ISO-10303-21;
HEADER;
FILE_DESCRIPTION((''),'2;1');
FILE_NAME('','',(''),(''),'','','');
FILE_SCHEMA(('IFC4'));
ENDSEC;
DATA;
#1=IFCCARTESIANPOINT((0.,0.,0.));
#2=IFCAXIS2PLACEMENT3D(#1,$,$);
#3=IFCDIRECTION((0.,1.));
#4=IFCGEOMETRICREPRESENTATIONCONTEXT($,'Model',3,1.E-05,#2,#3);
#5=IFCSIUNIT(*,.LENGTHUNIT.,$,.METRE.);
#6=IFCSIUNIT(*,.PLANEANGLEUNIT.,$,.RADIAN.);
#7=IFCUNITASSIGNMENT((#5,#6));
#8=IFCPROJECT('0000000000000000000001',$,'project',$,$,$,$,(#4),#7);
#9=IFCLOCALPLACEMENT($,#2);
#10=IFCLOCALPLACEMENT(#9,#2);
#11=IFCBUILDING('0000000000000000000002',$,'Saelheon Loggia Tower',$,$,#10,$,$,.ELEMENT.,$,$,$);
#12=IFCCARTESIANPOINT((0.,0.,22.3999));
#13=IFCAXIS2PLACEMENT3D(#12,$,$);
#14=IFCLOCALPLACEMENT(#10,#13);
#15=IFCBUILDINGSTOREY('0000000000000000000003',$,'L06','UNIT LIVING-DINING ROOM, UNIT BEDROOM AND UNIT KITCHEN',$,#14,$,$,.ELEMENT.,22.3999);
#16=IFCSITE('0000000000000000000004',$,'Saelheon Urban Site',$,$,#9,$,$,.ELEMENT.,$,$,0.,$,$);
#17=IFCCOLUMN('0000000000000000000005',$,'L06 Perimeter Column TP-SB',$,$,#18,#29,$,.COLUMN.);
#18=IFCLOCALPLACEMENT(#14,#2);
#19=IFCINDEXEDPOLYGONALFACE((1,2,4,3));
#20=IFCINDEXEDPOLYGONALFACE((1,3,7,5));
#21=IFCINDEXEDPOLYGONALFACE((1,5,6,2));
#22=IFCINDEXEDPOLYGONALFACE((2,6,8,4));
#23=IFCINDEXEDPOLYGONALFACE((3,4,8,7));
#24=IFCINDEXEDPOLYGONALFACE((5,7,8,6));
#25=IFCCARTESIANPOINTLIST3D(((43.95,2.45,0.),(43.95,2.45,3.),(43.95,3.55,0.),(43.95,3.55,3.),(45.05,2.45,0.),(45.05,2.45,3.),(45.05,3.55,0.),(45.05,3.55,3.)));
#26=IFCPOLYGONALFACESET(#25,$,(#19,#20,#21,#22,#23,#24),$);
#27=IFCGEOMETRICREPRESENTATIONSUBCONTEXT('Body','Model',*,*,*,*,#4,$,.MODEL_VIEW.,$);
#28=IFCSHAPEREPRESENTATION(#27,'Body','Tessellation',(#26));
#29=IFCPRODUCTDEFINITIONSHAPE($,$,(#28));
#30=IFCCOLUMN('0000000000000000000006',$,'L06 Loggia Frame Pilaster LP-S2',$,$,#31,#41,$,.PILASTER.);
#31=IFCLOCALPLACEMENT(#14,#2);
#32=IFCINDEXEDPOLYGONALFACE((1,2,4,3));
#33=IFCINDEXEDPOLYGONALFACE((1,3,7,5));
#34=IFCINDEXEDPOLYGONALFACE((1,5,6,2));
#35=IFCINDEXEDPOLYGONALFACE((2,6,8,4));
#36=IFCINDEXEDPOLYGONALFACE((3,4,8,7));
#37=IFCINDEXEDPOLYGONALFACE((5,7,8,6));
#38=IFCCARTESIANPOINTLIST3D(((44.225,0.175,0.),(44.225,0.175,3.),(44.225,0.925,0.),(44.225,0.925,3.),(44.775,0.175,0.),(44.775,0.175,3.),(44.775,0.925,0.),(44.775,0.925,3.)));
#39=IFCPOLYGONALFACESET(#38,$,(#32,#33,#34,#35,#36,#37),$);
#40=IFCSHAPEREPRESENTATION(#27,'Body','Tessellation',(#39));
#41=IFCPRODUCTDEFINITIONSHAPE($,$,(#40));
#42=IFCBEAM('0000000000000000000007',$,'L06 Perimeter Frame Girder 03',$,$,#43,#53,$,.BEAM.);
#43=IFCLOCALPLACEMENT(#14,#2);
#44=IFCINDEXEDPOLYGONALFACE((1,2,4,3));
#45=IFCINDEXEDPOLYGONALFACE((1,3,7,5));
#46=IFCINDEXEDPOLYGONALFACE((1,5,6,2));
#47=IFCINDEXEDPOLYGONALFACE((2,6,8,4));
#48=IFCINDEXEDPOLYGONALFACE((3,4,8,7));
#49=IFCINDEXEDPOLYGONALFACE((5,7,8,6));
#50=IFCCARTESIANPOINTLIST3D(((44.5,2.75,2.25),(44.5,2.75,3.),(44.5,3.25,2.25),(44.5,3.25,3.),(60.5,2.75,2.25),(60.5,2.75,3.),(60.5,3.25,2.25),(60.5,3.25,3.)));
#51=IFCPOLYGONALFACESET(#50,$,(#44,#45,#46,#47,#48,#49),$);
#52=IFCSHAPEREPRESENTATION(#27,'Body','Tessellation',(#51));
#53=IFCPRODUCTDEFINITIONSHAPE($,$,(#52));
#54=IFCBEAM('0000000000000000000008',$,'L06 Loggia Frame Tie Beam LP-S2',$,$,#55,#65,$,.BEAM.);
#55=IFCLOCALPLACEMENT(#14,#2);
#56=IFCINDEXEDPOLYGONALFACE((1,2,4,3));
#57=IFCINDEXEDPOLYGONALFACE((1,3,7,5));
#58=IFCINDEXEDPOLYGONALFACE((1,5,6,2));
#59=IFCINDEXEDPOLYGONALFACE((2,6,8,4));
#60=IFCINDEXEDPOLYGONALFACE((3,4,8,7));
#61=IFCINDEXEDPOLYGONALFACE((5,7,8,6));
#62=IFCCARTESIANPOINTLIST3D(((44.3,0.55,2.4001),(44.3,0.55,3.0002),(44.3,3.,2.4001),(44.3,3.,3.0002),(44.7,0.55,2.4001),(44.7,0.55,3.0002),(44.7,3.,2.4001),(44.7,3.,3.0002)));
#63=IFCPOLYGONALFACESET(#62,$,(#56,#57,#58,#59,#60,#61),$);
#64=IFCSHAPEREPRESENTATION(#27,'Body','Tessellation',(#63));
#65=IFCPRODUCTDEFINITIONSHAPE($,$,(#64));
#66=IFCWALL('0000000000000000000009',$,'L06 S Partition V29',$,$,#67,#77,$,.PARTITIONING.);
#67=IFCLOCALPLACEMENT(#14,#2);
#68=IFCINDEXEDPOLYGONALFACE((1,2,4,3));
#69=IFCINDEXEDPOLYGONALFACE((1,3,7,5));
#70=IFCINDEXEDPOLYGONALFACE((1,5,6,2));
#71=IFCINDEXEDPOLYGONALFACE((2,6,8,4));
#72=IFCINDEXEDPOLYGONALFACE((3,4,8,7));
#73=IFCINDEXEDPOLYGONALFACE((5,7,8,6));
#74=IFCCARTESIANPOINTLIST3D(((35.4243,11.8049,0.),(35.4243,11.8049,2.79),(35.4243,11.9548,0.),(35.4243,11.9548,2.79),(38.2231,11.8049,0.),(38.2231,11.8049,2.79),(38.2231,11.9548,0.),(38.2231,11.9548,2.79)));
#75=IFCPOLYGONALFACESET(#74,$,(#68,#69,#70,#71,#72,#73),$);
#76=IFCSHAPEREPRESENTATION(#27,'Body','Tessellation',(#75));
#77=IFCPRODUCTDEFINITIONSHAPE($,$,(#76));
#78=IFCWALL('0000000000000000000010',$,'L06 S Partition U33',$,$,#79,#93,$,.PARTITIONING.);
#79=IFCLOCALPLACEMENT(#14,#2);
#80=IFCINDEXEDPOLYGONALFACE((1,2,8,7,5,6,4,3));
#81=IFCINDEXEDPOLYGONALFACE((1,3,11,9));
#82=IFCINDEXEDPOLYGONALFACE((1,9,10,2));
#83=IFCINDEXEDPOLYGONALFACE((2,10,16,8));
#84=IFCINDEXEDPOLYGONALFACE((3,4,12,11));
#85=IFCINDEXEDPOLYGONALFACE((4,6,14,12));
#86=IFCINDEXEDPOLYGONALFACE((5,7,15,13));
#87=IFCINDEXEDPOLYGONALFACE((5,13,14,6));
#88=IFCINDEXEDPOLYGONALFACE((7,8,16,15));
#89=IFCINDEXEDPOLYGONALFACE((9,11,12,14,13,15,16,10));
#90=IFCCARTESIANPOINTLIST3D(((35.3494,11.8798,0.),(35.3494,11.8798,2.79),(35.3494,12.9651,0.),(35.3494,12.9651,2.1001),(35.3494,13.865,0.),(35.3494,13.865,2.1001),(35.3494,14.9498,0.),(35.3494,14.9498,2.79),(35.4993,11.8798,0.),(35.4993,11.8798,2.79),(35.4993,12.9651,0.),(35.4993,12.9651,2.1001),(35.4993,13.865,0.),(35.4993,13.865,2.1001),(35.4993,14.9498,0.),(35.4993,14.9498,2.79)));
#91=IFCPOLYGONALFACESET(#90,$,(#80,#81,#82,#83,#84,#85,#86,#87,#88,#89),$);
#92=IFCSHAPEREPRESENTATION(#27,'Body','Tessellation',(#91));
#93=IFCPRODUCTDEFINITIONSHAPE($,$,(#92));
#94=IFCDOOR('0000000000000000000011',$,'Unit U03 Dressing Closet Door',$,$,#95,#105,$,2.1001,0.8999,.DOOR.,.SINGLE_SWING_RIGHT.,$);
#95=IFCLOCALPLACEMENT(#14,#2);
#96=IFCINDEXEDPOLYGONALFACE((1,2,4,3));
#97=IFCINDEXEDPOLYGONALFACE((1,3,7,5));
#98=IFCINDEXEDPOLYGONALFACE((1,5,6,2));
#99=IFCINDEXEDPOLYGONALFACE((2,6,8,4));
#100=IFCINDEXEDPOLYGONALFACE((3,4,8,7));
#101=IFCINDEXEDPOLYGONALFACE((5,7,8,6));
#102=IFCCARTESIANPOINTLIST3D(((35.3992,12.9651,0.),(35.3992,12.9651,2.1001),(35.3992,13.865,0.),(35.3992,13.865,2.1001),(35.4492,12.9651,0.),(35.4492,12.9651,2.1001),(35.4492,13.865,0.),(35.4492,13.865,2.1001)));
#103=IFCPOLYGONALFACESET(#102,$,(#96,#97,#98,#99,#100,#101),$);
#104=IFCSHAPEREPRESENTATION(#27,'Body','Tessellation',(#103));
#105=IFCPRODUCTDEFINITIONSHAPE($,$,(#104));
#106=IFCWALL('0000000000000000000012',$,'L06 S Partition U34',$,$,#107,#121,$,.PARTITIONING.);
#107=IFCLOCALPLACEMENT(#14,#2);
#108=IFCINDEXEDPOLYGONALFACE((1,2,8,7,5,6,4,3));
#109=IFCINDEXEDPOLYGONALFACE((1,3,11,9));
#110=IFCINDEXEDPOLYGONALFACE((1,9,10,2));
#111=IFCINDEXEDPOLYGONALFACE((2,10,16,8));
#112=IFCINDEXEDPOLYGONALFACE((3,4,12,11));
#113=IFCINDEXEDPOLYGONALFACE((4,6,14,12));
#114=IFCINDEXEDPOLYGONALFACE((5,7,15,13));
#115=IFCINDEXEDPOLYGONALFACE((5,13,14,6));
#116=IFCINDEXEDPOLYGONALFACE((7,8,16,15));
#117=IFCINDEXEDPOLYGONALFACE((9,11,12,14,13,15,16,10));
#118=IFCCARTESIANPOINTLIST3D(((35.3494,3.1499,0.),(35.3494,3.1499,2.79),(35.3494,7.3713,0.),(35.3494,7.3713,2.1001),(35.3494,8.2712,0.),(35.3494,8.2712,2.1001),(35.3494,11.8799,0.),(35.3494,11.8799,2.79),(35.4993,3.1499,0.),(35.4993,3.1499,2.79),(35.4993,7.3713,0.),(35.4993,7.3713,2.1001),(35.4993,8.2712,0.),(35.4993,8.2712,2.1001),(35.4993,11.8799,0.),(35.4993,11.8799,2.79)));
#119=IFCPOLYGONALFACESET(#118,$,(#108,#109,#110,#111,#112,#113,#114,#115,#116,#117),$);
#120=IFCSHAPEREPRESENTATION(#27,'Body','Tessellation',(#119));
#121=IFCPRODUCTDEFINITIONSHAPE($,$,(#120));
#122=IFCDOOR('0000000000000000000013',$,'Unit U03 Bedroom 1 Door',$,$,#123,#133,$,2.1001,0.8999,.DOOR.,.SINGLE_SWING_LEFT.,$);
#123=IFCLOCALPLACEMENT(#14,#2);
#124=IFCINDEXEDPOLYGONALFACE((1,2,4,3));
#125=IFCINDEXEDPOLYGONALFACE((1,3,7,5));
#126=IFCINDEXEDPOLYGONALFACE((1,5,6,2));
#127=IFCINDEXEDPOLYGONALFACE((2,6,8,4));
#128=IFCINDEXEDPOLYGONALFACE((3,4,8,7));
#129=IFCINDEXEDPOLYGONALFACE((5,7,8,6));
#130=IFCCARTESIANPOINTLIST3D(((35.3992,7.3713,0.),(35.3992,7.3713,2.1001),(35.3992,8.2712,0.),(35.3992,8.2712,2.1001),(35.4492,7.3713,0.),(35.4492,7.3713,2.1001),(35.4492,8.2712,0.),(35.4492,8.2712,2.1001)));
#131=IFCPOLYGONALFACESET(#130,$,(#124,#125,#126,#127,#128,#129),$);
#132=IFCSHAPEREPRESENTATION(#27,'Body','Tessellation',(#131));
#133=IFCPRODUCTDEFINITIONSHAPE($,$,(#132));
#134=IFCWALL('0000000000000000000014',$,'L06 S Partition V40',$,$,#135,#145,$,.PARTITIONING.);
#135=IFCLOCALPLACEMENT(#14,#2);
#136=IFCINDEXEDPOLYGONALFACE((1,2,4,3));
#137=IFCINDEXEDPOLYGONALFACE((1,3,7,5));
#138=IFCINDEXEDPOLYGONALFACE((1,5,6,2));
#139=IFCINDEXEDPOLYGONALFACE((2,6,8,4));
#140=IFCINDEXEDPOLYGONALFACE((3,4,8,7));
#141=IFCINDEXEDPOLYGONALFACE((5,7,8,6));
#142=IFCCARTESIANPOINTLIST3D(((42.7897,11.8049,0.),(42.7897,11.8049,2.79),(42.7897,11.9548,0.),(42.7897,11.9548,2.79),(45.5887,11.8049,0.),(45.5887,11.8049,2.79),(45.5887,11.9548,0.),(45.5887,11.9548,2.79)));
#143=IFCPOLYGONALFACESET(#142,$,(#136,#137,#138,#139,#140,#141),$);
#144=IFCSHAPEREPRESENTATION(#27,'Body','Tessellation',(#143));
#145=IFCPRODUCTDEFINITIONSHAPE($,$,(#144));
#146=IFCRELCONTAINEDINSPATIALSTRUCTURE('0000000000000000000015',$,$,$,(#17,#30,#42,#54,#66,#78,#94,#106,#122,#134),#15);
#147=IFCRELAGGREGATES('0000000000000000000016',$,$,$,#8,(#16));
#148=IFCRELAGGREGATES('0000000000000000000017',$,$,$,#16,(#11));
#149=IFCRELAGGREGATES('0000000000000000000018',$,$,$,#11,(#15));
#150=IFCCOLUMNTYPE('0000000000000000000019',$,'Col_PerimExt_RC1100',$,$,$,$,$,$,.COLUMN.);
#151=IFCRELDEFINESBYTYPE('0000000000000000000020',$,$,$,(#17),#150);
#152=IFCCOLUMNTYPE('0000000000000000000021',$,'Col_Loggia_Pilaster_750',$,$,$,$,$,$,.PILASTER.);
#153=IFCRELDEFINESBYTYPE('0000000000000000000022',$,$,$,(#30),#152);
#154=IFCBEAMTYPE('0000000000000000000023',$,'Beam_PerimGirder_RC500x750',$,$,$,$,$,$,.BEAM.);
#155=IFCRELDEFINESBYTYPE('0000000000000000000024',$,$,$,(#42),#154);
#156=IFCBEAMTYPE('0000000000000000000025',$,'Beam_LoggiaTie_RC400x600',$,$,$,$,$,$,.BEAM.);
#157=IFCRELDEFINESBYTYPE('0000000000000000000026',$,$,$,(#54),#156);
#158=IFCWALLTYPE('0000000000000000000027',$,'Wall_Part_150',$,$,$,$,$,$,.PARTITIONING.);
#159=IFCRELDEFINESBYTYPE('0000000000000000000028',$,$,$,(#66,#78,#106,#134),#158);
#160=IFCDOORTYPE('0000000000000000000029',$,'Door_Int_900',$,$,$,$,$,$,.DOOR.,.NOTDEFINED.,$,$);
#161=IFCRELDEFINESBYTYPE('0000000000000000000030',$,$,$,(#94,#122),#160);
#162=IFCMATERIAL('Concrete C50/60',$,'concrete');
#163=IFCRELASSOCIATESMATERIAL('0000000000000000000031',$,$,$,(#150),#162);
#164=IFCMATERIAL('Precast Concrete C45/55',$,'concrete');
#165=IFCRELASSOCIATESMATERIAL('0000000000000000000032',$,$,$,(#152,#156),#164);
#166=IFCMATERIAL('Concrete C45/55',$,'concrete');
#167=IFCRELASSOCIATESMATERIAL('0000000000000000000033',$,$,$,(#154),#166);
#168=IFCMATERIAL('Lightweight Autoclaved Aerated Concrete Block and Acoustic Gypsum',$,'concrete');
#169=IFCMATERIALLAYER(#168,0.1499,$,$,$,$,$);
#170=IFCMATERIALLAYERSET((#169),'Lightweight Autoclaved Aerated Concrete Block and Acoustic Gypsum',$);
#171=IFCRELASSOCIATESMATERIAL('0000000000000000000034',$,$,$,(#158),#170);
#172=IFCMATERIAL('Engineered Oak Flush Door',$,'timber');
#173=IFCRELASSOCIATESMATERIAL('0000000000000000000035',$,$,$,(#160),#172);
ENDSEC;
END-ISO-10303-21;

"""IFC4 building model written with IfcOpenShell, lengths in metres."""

from ifc_helpers import new_model, si_unit, direction, frame, frame_2d, origin, origin_2d, place, context, subcontext, project, spatial, rectangle, extrude, source, transform, mapped, material, layer, layer_set, material_profile, profile_set, type_object, element, fill, save


model = new_model("IFC4")

# Units and contexts
model_context = context("Model", 3, precision=1e-05, world=origin(), true_north=direction((0.0, 1.0)))
body_context = subcontext(model_context, "Body", "Model", "MODEL_VIEW")
ifc_project = project(units=[si_unit("LENGTHUNIT", "METRE"), si_unit("PLANEANGLEUNIT", "RADIAN")], contexts=[model_context])

# Site, building, storey
site_placement = place(None, origin())
site = spatial("IfcSite", under=ifc_project, at=site_placement, Name="Saelheon Urban Site", CompositionType="ELEMENT", RefElevation=0.0)
building_placement = place(site_placement, origin())
building = spatial("IfcBuilding", under=site, at=building_placement, Name="Saelheon Loggia Tower", CompositionType="ELEMENT")
storey_placement = place(building_placement, frame((0.0, 0.0, 22.3999)))
storey = spatial("IfcBuildingStorey", under=building, at=storey_placement, Name="L06", Description="UNIT LIVING-DINING ROOM, UNIT BEDROOM AND UNIT KITCHEN", CompositionType="ELEMENT", Elevation=22.3999)

# Columns
ifc_material_1 = material(Name="Concrete C50/60", Category="concrete")
ifc_material_profile_1 = material_profile(ifc_material_1, rectangle(XDim=1.1001, YDim=1.1001, at=origin_2d()), Name="RC-1100x1100")
ifc_profile_set_1 = profile_set([ifc_material_profile_1], Name="Concrete C50/60")
column_type_1 = type_object("IfcColumnType", Name="Col_PerimExt_RC1100", PredefinedType="COLUMN", material=ifc_profile_set_1)
shared_shape_1 = source(origin(), body_context, "Body", "SweptSolid", [
    extrude(rectangle(XDim=1.1001, YDim=1.1001, at=origin_2d()), origin(), (0.0, 0.0, 1.0), 3.0),
])
column_1_placement = place(storey_placement, frame((44.5, 3.0, 0.0), z_axis=(0.0, 0.0, 1.0), x_axis=(1.0, 0.0, 0.0)))
element("IfcColumn", 1, at=column_1_placement, inside=storey, type_object=column_type_1, Name="L06 Perimeter Column TP-SB", PredefinedType="COLUMN", context=body_context, shape_type="MappedRepresentation", body=[
    mapped(shared_shape_1, transform((0.0, 0.0, 0.0), scale=1.0)),
])
ifc_material_2 = material(Name="Precast Concrete C45/55", Category="concrete")
ifc_material_profile_2 = material_profile(ifc_material_2, rectangle(XDim=0.55, YDim=0.75, at=origin_2d()), Name="RC-550x750")
ifc_profile_set_2 = profile_set([ifc_material_profile_2], Name="Precast Concrete C45/55")
column_type_2 = type_object("IfcColumnType", Name="Col_Loggia_Pilaster_750", PredefinedType="PILASTER", material=ifc_profile_set_2)
shared_shape_2 = source(origin(), body_context, "Body", "SweptSolid", [
    extrude(rectangle(XDim=0.55, YDim=0.75, at=origin_2d()), origin(), (0.0, 0.0, 1.0), 3.0),
])
column_2_placement = place(storey_placement, frame((44.5, 0.55, 0.0), z_axis=(0.0, 0.0, 1.0), x_axis=(1.0, 0.0, 0.0)))
element("IfcColumn", 2, at=column_2_placement, inside=storey, type_object=column_type_2, Name="L06 Loggia Frame Pilaster LP-S2", PredefinedType="PILASTER", context=body_context, shape_type="MappedRepresentation", body=[
    mapped(shared_shape_2, transform((0.0, 0.0, 0.0), scale=1.0)),
])

# Beams
ifc_material_3 = material(Name="Concrete C45/55", Category="concrete")
ifc_material_profile_3 = material_profile(ifc_material_3, rectangle(XDim=0.5, YDim=0.75, at=origin_2d()), Name="RC-500x750")
ifc_profile_set_3 = profile_set([ifc_material_profile_3], Name="Concrete C45/55")
beam_type_1 = type_object("IfcBeamType", Name="Beam_PerimGirder_RC500x750", PredefinedType="BEAM", material=ifc_profile_set_3)
shared_shape_3 = source(origin(), body_context, "Body", "SweptSolid", [
    extrude(rectangle(XDim=0.5, YDim=0.75, at=origin_2d()), origin(), (0.0, 0.0, 1.0), 16.0),
])
beam_1_placement = place(storey_placement, frame((44.5, 3.0, 2.625), z_axis=(1.0, 0.0, 0.0), x_axis=(0.0, 1.0, 0.0)))
element("IfcBeam", 3, at=beam_1_placement, inside=storey, type_object=beam_type_1, Name="L06 Perimeter Frame Girder 03", PredefinedType="BEAM", context=body_context, shape_type="MappedRepresentation", body=[
    mapped(shared_shape_3, transform((0.0, 0.0, 0.0), scale=1.0)),
])
ifc_material_profile_4 = material_profile(ifc_material_2, rectangle(XDim=0.3999, YDim=0.6001, at=origin_2d()), Name="RC-400x600")
ifc_profile_set_4 = profile_set([ifc_material_profile_4], Name="Precast Concrete C45/55")
beam_type_2 = type_object("IfcBeamType", Name="Beam_LoggiaTie_RC400x600", PredefinedType="BEAM", material=ifc_profile_set_4)
shared_shape_4 = source(origin(), body_context, "Body", "SweptSolid", [
    extrude(rectangle(XDim=0.3999, YDim=0.6001, at=origin_2d()), origin(), (0.0, 0.0, 1.0), 2.45),
])
beam_2_placement = place(storey_placement, frame((44.5, 3.0, 2.7002), z_axis=(0.0, -1.0, 0.0), x_axis=(1.0, 0.0, 0.0)))
element("IfcBeam", 4, at=beam_2_placement, inside=storey, type_object=beam_type_2, Name="L06 Loggia Frame Tie Beam LP-S2", PredefinedType="BEAM", context=body_context, shape_type="MappedRepresentation", body=[
    mapped(shared_shape_4, transform((0.0, 0.0, 0.0), scale=1.0)),
])

# Wall
ifc_material_4 = material(Name="Lightweight Autoclaved Aerated Concrete Block and Acoustic Gypsum", Category="concrete")
ifc_layer_1 = layer(ifc_material_4, 0.1499)
ifc_layer_set_1 = layer_set([ifc_layer_1], Name="Lightweight Autoclaved Aerated Concrete Block and Acoustic Gypsum")
wall_type_1 = type_object("IfcWallType", Name="Wall_Part_150", PredefinedType="PARTITIONING", material=ifc_layer_set_1)
wall_1_placement = place(storey_placement, frame((35.4243, 11.8799, 0.0), z_axis=(0.0, 0.0, 1.0), x_axis=(1.0, 0.0, 0.0)))
element("IfcWall", 5, at=wall_1_placement, inside=storey, type_object=wall_type_1, Name="L06 S Partition V29", PredefinedType="PARTITIONING", context=body_context, shape_type="SweptSolid", body=[
    extrude(rectangle(XDim=2.7988, YDim=0.1499, at=frame_2d((1.3994, 0.0))), origin(), (0.0, 0.0, 1.0), 2.79),
])

# Walls, openings, doors
wall_2_placement = place(storey_placement, frame((35.4243, 14.95, 0.0), z_axis=(0.0, 0.0, 1.0), x_axis=(0.0, -1.0, 0.0)))
wall_2 = element("IfcWall", 6, at=wall_2_placement, inside=storey, type_object=wall_type_1, Name="L06 S Partition U33", PredefinedType="PARTITIONING", context=body_context, shape_type="SweptSolid", body=[
    extrude(rectangle(XDim=3.0701, YDim=0.1499, at=frame_2d((1.5352, 0.0))), origin(), (0.0, 0.0, 1.0), 2.79),
])
opening_1_placement = place(wall_2_placement, frame((1.085, 0.0, 0.0)))
opening_1 = element("IfcOpeningElement", 7, at=opening_1_placement, cuts=wall_2, PredefinedType="OPENING", context=body_context, shape_type="SweptSolid", body=[
    extrude(rectangle(XDim=0.8999, YDim=2.1001, at=frame_2d((0.45, 1.05))), frame((0.0, 0.0869, 0.0), z_axis=(0.0, -1.0, 0.0), x_axis=(1.0, 0.0, 0.0)), (0.0, 0.0, 1.0), 0.1738),
])
ifc_material_5 = material(Name="Engineered Oak Flush Door", Category="timber")
door_type_1 = type_object("IfcDoorType", Name="Door_Int_900", OperationType="NOTDEFINED", PredefinedType="DOOR", material=ifc_material_5)
shared_shape_5 = source(origin(), body_context, "Body", "SweptSolid", [
    extrude(rectangle(XDim=0.8999, YDim=2.1001, at=frame_2d((0.45, 1.05))), frame((0.0, 0.0249, 0.0), z_axis=(0.0, -1.0, 0.0), x_axis=(1.0, 0.0, 0.0)), (0.0, 0.0, 1.0), 0.05),
])
door_1_placement = place(opening_1_placement, origin())
door_1 = element("IfcDoor", 8, at=door_1_placement, inside=storey, type_object=door_type_1, Name="Unit U03 Dressing Closet Door", OperationType="SINGLE_SWING_RIGHT", OverallHeight=2.1001, OverallWidth=0.8999, PredefinedType="DOOR", context=body_context, shape_type="MappedRepresentation", body=[
    mapped(shared_shape_5, transform((0.0, 0.0, 0.0), scale=1.0)),
])
fill(opening_1, door_1)
wall_3_placement = place(storey_placement, frame((35.4243, 11.8799, 0.0), z_axis=(0.0, 0.0, 1.0), x_axis=(0.0, -1.0, 0.0)))
wall_3 = element("IfcWall", 9, at=wall_3_placement, inside=storey, type_object=wall_type_1, Name="L06 S Partition U34", PredefinedType="PARTITIONING", context=body_context, shape_type="SweptSolid", body=[
    extrude(rectangle(XDim=8.73, YDim=0.1499, at=frame_2d((4.365, 0.0))), origin(), (0.0, 0.0, 1.0), 2.79),
])
opening_2_placement = place(wall_3_placement, frame((3.6086, 0.0, 0.0)))
opening_2 = element("IfcOpeningElement", 10, at=opening_2_placement, cuts=wall_3, PredefinedType="OPENING", context=body_context, shape_type="SweptSolid", body=[
    extrude(rectangle(XDim=0.8999, YDim=2.1001, at=frame_2d((0.45, 1.05))), frame((0.0, 0.0869, 0.0), z_axis=(0.0, -1.0, 0.0), x_axis=(1.0, 0.0, 0.0)), (0.0, 0.0, 1.0), 0.1738),
])
door_2_placement = place(opening_2_placement, origin())
door_2 = element("IfcDoor", 11, at=door_2_placement, inside=storey, type_object=door_type_1, Name="Unit U03 Bedroom 1 Door", OperationType="SINGLE_SWING_LEFT", OverallHeight=2.1001, OverallWidth=0.8999, PredefinedType="DOOR", context=body_context, shape_type="MappedRepresentation", body=[
    mapped(shared_shape_5, transform((0.0, 0.0, 0.0), scale=1.0)),
])
fill(opening_2, door_2)

# Wall
wall_4_placement = place(storey_placement, frame((42.7898, 11.8799, 0.0), z_axis=(0.0, 0.0, 1.0), x_axis=(1.0, 0.0, 0.0)))
element("IfcWall", 12, at=wall_4_placement, inside=storey, type_object=wall_type_1, Name="L06 S Partition V40", PredefinedType="PARTITIONING", context=body_context, shape_type="SweptSolid", body=[
    extrude(rectangle(XDim=2.7991, YDim=0.1499, at=frame_2d((1.3994, 0.0))), origin(), (0.0, 0.0, 1.0), 2.79),
])

save(model, "model.ifc")
